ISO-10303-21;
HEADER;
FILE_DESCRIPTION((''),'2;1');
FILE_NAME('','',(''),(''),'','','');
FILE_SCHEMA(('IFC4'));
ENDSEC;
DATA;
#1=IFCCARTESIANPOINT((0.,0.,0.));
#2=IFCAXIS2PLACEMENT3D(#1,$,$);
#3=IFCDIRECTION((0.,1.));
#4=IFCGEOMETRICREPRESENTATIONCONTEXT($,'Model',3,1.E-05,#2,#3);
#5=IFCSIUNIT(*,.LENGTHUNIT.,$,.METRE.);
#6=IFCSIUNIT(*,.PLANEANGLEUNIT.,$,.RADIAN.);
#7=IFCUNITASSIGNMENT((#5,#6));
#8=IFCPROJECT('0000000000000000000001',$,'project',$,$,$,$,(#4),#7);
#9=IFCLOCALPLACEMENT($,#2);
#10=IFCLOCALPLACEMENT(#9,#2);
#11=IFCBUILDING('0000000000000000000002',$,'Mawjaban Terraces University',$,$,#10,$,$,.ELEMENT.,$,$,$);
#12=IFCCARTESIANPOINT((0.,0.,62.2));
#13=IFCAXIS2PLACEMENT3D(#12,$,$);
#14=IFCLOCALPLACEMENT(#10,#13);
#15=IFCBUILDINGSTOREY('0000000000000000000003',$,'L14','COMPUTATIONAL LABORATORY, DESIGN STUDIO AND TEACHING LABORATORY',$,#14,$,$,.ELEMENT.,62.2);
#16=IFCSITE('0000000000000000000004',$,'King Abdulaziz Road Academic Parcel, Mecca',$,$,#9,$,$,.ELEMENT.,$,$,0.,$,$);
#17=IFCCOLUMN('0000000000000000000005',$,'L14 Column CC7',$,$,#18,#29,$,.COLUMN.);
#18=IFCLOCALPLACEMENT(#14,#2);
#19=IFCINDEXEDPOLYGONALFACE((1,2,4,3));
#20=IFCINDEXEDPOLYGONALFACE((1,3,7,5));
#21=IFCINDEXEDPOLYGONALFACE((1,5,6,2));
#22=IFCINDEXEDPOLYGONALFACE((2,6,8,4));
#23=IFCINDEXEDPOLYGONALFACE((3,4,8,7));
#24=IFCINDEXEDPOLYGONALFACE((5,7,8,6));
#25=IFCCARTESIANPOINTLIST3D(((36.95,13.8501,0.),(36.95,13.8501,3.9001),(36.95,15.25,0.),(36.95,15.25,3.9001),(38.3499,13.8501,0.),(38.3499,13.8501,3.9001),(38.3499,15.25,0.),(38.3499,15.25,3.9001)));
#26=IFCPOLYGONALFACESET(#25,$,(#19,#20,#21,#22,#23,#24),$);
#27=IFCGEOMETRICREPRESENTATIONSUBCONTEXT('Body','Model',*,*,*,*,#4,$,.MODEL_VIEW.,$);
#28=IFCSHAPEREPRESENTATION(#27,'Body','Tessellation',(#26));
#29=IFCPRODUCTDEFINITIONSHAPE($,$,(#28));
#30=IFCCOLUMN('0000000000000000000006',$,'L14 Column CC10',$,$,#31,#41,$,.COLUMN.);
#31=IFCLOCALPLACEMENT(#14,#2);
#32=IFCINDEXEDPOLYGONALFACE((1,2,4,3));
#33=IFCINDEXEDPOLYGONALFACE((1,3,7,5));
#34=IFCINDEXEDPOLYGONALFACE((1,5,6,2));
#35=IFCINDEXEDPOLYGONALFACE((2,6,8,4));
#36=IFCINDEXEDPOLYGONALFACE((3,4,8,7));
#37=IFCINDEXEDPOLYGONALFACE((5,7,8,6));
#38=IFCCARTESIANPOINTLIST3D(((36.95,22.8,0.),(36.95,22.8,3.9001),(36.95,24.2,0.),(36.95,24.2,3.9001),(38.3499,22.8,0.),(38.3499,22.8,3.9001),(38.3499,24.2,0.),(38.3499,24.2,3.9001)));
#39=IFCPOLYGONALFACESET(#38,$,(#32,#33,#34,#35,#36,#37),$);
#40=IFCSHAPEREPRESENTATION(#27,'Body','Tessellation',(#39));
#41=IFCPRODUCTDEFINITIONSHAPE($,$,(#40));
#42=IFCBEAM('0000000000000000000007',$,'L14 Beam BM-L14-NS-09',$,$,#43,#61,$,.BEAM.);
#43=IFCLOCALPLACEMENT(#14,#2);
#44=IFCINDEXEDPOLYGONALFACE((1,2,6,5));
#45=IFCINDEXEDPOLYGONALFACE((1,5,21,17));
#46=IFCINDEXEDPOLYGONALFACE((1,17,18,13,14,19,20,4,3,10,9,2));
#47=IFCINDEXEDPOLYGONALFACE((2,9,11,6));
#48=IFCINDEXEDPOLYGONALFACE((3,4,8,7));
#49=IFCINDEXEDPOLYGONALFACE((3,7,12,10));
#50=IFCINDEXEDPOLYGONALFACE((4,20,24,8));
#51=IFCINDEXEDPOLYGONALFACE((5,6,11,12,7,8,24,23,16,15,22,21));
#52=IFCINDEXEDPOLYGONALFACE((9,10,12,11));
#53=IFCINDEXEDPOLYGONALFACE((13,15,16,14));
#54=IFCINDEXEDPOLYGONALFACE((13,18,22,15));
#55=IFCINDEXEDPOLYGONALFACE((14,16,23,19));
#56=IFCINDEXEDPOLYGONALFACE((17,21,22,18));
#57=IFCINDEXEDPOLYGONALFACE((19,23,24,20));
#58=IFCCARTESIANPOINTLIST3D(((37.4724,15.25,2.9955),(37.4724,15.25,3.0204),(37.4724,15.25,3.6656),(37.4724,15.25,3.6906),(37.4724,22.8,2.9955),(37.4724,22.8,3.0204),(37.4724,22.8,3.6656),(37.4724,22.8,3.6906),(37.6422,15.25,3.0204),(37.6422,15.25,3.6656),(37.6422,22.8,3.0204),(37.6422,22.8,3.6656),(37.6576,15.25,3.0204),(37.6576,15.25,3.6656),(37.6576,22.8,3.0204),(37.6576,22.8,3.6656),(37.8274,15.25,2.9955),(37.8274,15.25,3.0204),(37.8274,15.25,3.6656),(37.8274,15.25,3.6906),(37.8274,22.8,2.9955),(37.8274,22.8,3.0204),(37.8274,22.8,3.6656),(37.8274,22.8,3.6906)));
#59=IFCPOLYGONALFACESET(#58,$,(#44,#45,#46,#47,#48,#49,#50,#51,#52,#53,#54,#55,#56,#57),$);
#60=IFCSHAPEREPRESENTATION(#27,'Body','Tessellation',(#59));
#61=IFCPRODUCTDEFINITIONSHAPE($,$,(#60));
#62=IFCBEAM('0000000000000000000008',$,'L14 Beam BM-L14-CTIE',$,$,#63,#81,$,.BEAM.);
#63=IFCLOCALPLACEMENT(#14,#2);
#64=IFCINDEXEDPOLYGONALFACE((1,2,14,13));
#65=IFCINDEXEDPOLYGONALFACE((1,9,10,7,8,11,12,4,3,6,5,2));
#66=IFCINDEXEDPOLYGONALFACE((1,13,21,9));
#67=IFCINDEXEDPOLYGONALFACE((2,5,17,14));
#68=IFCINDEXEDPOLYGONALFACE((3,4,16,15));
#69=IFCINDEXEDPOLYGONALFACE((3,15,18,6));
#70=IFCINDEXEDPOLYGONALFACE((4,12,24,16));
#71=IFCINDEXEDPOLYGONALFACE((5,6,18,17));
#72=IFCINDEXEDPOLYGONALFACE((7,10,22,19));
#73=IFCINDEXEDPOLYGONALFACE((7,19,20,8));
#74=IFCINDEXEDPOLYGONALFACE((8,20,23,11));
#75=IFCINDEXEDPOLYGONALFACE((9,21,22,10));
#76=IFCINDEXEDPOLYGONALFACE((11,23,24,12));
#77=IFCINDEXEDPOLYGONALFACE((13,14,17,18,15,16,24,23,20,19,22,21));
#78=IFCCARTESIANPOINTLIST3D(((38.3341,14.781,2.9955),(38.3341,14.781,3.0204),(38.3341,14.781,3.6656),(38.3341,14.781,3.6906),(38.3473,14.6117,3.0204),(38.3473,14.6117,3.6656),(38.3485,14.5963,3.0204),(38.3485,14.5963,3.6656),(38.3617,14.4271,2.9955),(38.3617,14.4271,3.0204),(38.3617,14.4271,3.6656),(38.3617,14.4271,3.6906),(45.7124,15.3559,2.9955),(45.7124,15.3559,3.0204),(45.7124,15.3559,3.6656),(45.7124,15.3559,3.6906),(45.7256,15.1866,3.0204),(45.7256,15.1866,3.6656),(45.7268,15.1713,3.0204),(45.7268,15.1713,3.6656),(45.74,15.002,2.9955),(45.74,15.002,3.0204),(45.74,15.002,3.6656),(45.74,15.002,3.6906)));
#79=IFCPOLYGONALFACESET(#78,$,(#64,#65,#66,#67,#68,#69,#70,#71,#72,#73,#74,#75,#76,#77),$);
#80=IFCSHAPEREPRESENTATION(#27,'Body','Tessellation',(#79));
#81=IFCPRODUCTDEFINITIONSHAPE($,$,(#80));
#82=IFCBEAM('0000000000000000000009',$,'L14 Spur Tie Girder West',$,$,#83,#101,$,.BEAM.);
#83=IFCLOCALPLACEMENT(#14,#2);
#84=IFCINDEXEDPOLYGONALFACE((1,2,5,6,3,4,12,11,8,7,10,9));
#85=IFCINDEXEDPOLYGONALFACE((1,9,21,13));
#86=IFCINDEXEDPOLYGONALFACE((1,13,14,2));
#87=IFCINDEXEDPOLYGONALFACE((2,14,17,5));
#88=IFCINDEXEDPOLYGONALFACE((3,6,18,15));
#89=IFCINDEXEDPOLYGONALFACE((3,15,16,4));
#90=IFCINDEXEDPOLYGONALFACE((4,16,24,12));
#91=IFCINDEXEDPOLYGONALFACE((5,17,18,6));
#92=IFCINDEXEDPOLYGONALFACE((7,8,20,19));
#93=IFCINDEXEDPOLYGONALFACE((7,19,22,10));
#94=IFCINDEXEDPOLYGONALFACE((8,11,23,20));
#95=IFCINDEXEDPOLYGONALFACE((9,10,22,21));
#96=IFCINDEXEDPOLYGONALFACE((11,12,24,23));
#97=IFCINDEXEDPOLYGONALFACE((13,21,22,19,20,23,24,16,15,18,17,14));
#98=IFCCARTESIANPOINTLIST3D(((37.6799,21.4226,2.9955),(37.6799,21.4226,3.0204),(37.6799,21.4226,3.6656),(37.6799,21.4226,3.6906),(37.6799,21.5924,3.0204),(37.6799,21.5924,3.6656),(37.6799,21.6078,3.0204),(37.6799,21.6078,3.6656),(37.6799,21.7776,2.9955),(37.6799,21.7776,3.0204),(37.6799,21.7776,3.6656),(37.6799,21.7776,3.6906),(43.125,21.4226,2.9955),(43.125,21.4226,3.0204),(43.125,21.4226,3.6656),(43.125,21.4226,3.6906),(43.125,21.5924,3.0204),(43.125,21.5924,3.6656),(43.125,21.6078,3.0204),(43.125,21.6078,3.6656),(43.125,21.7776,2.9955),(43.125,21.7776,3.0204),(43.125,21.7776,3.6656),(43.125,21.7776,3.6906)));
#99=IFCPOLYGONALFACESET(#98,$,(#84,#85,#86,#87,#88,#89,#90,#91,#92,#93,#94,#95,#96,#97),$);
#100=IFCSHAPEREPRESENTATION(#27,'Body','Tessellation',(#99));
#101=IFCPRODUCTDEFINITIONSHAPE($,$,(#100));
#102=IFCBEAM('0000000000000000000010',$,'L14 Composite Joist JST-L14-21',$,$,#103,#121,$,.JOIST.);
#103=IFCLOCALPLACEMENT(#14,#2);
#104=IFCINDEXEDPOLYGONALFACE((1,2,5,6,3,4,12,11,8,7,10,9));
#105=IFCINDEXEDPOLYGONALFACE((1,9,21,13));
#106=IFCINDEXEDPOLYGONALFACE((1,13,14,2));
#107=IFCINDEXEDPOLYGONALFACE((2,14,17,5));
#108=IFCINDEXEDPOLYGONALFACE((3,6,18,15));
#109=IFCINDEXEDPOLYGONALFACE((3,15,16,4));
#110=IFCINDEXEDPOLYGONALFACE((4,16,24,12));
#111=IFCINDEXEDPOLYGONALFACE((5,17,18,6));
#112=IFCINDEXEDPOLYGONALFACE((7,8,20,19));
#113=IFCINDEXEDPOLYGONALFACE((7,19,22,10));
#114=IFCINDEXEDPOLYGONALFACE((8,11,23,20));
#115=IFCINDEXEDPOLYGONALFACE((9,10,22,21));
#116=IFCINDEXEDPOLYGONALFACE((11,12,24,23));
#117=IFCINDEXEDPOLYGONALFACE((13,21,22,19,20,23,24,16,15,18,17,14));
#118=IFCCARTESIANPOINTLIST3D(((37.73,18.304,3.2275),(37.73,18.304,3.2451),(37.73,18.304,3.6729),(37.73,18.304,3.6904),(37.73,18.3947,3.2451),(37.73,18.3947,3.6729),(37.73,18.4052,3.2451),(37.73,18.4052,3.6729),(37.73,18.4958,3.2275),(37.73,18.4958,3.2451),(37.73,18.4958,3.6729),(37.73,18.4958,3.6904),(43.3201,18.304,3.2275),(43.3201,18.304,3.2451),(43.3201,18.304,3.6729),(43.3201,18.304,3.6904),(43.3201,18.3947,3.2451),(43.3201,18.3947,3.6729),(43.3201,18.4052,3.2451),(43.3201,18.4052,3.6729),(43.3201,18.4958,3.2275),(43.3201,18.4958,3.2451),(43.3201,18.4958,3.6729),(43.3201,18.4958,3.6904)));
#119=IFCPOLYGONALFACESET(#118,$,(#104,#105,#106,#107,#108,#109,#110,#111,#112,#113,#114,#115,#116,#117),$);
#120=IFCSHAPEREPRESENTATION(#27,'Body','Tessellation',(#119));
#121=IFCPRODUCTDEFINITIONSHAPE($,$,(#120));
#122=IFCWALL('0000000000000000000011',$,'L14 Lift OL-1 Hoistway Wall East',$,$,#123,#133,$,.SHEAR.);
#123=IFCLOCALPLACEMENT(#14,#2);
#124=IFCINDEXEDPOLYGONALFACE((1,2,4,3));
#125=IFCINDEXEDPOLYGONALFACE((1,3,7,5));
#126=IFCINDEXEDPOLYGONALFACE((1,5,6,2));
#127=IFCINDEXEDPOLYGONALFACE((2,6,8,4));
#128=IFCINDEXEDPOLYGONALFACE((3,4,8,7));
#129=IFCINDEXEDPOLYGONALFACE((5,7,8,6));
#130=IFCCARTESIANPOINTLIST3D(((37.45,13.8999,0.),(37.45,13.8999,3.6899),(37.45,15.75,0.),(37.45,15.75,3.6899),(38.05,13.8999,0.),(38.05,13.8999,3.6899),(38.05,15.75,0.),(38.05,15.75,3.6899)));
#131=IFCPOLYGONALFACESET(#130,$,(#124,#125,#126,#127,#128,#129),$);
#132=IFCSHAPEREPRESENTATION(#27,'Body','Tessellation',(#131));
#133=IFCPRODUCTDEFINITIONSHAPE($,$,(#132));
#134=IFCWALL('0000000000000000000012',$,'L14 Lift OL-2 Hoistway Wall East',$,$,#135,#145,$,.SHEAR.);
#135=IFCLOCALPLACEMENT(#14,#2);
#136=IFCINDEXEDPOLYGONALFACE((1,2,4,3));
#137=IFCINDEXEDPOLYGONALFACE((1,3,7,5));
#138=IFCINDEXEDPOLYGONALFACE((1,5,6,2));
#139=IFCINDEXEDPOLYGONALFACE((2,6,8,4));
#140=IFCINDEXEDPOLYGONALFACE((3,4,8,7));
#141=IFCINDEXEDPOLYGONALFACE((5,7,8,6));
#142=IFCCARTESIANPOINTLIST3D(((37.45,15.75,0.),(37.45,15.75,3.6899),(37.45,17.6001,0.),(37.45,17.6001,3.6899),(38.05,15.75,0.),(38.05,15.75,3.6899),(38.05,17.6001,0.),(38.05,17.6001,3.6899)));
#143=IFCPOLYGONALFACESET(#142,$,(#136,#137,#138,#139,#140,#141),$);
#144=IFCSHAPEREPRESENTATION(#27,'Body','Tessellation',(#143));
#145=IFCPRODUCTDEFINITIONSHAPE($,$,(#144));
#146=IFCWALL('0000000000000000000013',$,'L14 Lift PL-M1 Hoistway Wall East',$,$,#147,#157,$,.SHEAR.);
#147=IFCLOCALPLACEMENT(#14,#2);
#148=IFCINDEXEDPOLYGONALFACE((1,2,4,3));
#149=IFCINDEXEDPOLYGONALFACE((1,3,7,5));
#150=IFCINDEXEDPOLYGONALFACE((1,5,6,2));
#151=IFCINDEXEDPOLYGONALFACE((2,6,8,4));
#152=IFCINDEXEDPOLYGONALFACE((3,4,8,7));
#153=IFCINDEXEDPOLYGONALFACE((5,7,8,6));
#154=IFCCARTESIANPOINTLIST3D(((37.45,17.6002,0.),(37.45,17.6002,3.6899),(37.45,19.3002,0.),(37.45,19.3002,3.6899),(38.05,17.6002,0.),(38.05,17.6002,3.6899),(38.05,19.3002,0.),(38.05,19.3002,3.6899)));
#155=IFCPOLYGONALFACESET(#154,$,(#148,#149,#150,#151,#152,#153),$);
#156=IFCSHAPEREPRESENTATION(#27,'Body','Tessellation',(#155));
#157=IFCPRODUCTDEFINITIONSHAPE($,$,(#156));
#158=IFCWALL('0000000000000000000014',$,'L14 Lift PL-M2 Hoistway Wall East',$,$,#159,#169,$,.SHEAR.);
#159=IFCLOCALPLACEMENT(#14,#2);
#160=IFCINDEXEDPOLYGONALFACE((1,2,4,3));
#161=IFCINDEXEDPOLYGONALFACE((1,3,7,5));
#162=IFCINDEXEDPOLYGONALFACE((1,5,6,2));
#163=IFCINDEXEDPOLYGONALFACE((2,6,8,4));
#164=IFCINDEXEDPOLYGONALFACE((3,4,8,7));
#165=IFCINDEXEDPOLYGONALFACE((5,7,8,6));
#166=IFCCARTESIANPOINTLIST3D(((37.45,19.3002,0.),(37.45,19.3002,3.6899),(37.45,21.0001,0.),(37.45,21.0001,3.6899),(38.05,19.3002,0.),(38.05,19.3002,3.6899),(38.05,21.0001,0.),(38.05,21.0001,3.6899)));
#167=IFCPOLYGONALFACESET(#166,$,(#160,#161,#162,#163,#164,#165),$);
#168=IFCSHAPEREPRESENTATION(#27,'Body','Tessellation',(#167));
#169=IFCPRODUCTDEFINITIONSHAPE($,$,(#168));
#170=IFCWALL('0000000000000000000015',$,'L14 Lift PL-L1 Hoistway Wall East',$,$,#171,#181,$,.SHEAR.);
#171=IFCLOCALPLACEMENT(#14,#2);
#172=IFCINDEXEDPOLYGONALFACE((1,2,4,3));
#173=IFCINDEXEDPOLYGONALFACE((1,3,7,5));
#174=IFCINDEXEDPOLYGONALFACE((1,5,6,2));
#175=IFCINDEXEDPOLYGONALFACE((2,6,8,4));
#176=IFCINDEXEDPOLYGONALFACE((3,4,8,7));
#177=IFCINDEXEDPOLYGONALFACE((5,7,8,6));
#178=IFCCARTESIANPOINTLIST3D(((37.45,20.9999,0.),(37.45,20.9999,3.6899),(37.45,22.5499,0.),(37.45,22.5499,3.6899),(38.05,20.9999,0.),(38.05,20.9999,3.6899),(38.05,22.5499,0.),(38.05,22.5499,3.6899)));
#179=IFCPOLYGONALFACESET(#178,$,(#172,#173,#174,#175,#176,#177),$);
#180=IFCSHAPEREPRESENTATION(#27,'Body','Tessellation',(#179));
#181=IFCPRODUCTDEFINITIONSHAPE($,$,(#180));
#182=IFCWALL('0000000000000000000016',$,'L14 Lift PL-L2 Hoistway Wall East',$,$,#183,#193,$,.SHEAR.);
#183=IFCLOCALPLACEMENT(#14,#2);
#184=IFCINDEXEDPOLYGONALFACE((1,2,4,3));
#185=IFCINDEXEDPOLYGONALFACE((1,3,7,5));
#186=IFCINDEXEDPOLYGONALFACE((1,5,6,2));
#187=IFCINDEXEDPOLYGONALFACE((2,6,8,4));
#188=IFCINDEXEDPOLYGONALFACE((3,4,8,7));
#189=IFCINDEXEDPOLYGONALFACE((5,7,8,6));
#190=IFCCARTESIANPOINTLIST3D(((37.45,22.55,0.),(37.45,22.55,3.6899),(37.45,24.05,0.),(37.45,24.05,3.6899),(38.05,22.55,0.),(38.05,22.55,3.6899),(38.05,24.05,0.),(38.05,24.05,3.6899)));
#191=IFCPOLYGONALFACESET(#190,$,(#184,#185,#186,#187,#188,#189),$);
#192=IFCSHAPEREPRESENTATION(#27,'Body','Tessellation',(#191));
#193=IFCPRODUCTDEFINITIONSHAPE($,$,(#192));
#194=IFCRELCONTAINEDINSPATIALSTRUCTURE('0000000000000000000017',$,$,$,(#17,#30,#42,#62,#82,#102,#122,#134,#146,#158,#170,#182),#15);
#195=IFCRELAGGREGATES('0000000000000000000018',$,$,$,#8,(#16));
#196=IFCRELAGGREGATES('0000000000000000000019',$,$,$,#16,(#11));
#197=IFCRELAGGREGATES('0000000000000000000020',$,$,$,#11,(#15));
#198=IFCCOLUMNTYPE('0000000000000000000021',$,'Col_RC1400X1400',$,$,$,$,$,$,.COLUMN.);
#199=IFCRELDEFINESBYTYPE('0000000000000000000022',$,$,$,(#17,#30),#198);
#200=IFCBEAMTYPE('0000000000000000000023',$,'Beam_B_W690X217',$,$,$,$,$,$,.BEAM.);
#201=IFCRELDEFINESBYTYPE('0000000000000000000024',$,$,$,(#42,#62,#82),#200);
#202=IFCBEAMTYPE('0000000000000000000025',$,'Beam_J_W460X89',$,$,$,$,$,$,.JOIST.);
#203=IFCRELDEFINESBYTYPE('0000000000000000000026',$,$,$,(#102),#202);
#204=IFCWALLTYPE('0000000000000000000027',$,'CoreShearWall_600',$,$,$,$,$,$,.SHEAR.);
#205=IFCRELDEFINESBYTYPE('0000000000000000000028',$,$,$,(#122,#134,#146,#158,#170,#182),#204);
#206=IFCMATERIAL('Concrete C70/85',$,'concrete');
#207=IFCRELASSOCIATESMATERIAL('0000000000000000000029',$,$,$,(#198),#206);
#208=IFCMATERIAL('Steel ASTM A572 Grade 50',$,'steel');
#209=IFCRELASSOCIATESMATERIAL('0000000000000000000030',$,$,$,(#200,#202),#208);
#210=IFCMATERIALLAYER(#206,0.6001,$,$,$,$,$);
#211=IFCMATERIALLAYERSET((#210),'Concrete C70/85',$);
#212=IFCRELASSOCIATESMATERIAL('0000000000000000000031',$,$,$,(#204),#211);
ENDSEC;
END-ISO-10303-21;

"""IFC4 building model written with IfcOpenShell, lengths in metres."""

from ifc_helpers import new_model, si_unit, direction, frame, frame_2d, origin, origin_2d, place, context, subcontext, project, spatial, rectangle, i_section, extrude, material, layer, layer_set, material_profile, profile_set, type_object, element, save


model = new_model("IFC4")

# Units and contexts
model_context = context("Model", 3, precision=1e-05, world=origin(), true_north=direction((0.0, 1.0)))
body_context = subcontext(model_context, "Body", "Model", "MODEL_VIEW")
ifc_project = project(units=[si_unit("LENGTHUNIT", "METRE"), si_unit("PLANEANGLEUNIT", "RADIAN")], contexts=[model_context])

# Site, building, storey
site_placement = place(None, origin())
site = spatial("IfcSite", under=ifc_project, at=site_placement, Name="King Abdulaziz Road Academic Parcel, Mecca", CompositionType="ELEMENT", RefElevation=0.0)
building_placement = place(site_placement, origin())
building = spatial("IfcBuilding", under=site, at=building_placement, Name="Mawjaban Terraces University", CompositionType="ELEMENT")
storey_placement = place(building_placement, frame((0.0, 0.0, 62.2)))
storey = spatial("IfcBuildingStorey", under=building, at=storey_placement, Name="L14", Description="COMPUTATIONAL LABORATORY, DESIGN STUDIO AND TEACHING LABORATORY", CompositionType="ELEMENT", Elevation=62.2)

# Columns
ifc_material_1 = material(Name="Concrete C70/85", Category="concrete")
ifc_material_profile_1 = material_profile(ifc_material_1, rectangle(XDim=1.3999, YDim=1.3999, at=origin_2d()), Name="RC1400X1400")
ifc_profile_set_1 = profile_set([ifc_material_profile_1], Name="Concrete C70/85")
column_type = type_object("IfcColumnType", Name="Col_RC1400X1400", PredefinedType="COLUMN", material=ifc_profile_set_1)
for number, where, z_axis, x_axis, name in (
    (1, (37.6499, 14.55, 0.0), (0.0, 0.0, 1.0), (1.0, 0.0, 0.0), "L14 Column CC7"),
    (2, (37.6499, 23.5, 0.0), (0.0, 0.0, 1.0), (1.0, 0.0, 0.0), "L14 Column CC10"),
):
    element("IfcColumn", number, at=place(storey_placement, frame(where, z_axis=z_axis, x_axis=x_axis)), inside=storey, type_object=column_type, Name=name, PredefinedType="COLUMN", context=body_context, shape_type="SweptSolid", body=[
        extrude(rectangle(XDim=1.3999, YDim=1.3999, at=origin_2d()), origin(), (0.0, 0.0, 1.0), 3.9001),
    ])

# Beams
ifc_material_2 = material(Name="Steel ASTM A572 Grade 50", Category="steel")
ifc_material_profile_2 = material_profile(ifc_material_2, i_section(OverallWidth=0.355, OverallDepth=0.6951, WebThickness=0.0154, FlangeThickness=0.0249, at=origin_2d()), Name="W690X217")
ifc_profile_set_2 = profile_set([ifc_material_profile_2], Name="Steel ASTM A572 Grade 50")
beam_type_1 = type_object("IfcBeamType", Name="Beam_B_W690X217", PredefinedType="BEAM", material=ifc_profile_set_2)
beam_1_placement = place(storey_placement, frame((37.6499, 15.25, 3.343), z_axis=(0.0, 1.0, 0.0), x_axis=(-1.0, 0.0, 0.0)))
element("IfcBeam", 3, at=beam_1_placement, inside=storey, type_object=beam_type_1, Name="L14 Beam BM-L14-NS-09", PredefinedType="BEAM", context=body_context, shape_type="SweptSolid", body=[
    extrude(i_section(OverallWidth=0.355, OverallDepth=0.6951, WebThickness=0.0154, FlangeThickness=0.0249, at=origin_2d()), origin(), (0.0, 0.0, 1.0), 7.55),
])
beam_2_placement = place(storey_placement, frame((38.3479, 14.604, 3.343), z_axis=(0.996978, 0.07769, 0.0), x_axis=(-0.07769, 0.996978, 0.0)))
element("IfcBeam", 4, at=beam_2_placement, inside=storey, type_object=beam_type_1, Name="L14 Beam BM-L14-CTIE", PredefinedType="BEAM", context=body_context, shape_type="SweptSolid", body=[
    extrude(i_section(OverallWidth=0.355, OverallDepth=0.6951, WebThickness=0.0154, FlangeThickness=0.0249, at=origin_2d()), origin(), (0.0, 0.0, 1.0), 7.4006),
])
beam_3_placement = place(storey_placement, frame((37.6799, 21.6001, 3.343), z_axis=(1.0, 0.0, 0.0), x_axis=(0.0, 1.0, 0.0)))
element("IfcBeam", 5, at=beam_3_placement, inside=storey, type_object=beam_type_1, Name="L14 Spur Tie Girder West", PredefinedType="BEAM", context=body_context, shape_type="SweptSolid", body=[
    extrude(i_section(OverallWidth=0.355, OverallDepth=0.6951, WebThickness=0.0154, FlangeThickness=0.0249, at=origin_2d()), origin(), (0.0, 0.0, 1.0), 5.4451),
])
ifc_material_profile_3 = material_profile(ifc_material_2, i_section(OverallWidth=0.1919, OverallDepth=0.4629, WebThickness=0.0105, FlangeThickness=0.0176, at=origin_2d()), Name="W460X89")
ifc_profile_set_3 = profile_set([ifc_material_profile_3], Name="Steel ASTM A572 Grade 50")
beam_type_2 = type_object("IfcBeamType", Name="Beam_J_W460X89", PredefinedType="JOIST", material=ifc_profile_set_3)
beam_4_placement = place(storey_placement, frame((37.73, 18.3999, 3.459), z_axis=(1.0, 0.0, 0.0), x_axis=(0.0, 1.0, 0.0)))
element("IfcBeam", 6, at=beam_4_placement, inside=storey, type_object=beam_type_2, Name="L14 Composite Joist JST-L14-21", PredefinedType="JOIST", context=body_context, shape_type="SweptSolid", body=[
    extrude(i_section(OverallWidth=0.1919, OverallDepth=0.4629, WebThickness=0.0105, FlangeThickness=0.0176, at=origin_2d()), origin(), (0.0, 0.0, 1.0), 5.5901),
])

# Walls
ifc_layer_1 = layer(ifc_material_1, 0.6001)
ifc_layer_set_1 = layer_set([ifc_layer_1], Name="Concrete C70/85")
wall_type_1 = type_object("IfcWallType", Name="CoreShearWall_600", PredefinedType="SHEAR", material=ifc_layer_set_1)
for number, where, z_axis, x_axis, name in (
    (7, (37.75, 13.8999, 0.0), (0.0, 0.0, 1.0), (0.0, 1.0, 0.0), "L14 Lift OL-1 Hoistway Wall East"),
    (8, (37.75, 15.75, 0.0), (0.0, 0.0, 1.0), (0.0, 1.0, 0.0), "L14 Lift OL-2 Hoistway Wall East"),
):
    element("IfcWall", number, at=place(storey_placement, frame(where, z_axis=z_axis, x_axis=x_axis)), inside=storey, type_object=wall_type_1, Name=name, PredefinedType="SHEAR", context=body_context, shape_type="SweptSolid", body=[
        extrude(rectangle(XDim=1.8501, YDim=0.6001, at=frame_2d((0.925, 0.0))), origin(), (0.0, 0.0, 1.0), 3.6899),
    ])
for number, where, z_axis, x_axis, name in (
    (9, (37.75, 17.6001, 0.0), (0.0, 0.0, 1.0), (0.0, 1.0, 0.0), "L14 Lift PL-M1 Hoistway Wall East"),
    (10, (37.75, 19.3, 0.0), (0.0, 0.0, 1.0), (0.0, 1.0, 0.0), "L14 Lift PL-M2 Hoistway Wall East"),
):
    element("IfcWall", number, at=place(storey_placement, frame(where, z_axis=z_axis, x_axis=x_axis)), inside=storey, type_object=wall_type_1, Name=name, PredefinedType="SHEAR", context=body_context, shape_type="SweptSolid", body=[
        extrude(rectangle(XDim=1.7, YDim=0.6001, at=frame_2d((0.8501, 0.0))), origin(), (0.0, 0.0, 1.0), 3.6899),
    ])
wall_1_placement = place(storey_placement, frame((37.75, 21.0, 0.0), z_axis=(0.0, 0.0, 1.0), x_axis=(0.0, 1.0, 0.0)))
element("IfcWall", 11, at=wall_1_placement, inside=storey, type_object=wall_type_1, Name="L14 Lift PL-L1 Hoistway Wall East", PredefinedType="SHEAR", context=body_context, shape_type="SweptSolid", body=[
    extrude(rectangle(XDim=1.55, YDim=0.6001, at=frame_2d((0.7749, 0.0))), origin(), (0.0, 0.0, 1.0), 3.6899),
])
wall_2_placement = place(storey_placement, frame((37.75, 22.55, 0.0), z_axis=(0.0, 0.0, 1.0), x_axis=(0.0, 1.0, 0.0)))
element("IfcWall", 12, at=wall_2_placement, inside=storey, type_object=wall_type_1, Name="L14 Lift PL-L2 Hoistway Wall East", PredefinedType="SHEAR", context=body_context, shape_type="SweptSolid", body=[
    extrude(rectangle(XDim=1.5, YDim=0.6001, at=frame_2d((0.75, 0.0))), origin(), (0.0, 0.0, 1.0), 3.6899),
])

save(model, "model.ifc")
